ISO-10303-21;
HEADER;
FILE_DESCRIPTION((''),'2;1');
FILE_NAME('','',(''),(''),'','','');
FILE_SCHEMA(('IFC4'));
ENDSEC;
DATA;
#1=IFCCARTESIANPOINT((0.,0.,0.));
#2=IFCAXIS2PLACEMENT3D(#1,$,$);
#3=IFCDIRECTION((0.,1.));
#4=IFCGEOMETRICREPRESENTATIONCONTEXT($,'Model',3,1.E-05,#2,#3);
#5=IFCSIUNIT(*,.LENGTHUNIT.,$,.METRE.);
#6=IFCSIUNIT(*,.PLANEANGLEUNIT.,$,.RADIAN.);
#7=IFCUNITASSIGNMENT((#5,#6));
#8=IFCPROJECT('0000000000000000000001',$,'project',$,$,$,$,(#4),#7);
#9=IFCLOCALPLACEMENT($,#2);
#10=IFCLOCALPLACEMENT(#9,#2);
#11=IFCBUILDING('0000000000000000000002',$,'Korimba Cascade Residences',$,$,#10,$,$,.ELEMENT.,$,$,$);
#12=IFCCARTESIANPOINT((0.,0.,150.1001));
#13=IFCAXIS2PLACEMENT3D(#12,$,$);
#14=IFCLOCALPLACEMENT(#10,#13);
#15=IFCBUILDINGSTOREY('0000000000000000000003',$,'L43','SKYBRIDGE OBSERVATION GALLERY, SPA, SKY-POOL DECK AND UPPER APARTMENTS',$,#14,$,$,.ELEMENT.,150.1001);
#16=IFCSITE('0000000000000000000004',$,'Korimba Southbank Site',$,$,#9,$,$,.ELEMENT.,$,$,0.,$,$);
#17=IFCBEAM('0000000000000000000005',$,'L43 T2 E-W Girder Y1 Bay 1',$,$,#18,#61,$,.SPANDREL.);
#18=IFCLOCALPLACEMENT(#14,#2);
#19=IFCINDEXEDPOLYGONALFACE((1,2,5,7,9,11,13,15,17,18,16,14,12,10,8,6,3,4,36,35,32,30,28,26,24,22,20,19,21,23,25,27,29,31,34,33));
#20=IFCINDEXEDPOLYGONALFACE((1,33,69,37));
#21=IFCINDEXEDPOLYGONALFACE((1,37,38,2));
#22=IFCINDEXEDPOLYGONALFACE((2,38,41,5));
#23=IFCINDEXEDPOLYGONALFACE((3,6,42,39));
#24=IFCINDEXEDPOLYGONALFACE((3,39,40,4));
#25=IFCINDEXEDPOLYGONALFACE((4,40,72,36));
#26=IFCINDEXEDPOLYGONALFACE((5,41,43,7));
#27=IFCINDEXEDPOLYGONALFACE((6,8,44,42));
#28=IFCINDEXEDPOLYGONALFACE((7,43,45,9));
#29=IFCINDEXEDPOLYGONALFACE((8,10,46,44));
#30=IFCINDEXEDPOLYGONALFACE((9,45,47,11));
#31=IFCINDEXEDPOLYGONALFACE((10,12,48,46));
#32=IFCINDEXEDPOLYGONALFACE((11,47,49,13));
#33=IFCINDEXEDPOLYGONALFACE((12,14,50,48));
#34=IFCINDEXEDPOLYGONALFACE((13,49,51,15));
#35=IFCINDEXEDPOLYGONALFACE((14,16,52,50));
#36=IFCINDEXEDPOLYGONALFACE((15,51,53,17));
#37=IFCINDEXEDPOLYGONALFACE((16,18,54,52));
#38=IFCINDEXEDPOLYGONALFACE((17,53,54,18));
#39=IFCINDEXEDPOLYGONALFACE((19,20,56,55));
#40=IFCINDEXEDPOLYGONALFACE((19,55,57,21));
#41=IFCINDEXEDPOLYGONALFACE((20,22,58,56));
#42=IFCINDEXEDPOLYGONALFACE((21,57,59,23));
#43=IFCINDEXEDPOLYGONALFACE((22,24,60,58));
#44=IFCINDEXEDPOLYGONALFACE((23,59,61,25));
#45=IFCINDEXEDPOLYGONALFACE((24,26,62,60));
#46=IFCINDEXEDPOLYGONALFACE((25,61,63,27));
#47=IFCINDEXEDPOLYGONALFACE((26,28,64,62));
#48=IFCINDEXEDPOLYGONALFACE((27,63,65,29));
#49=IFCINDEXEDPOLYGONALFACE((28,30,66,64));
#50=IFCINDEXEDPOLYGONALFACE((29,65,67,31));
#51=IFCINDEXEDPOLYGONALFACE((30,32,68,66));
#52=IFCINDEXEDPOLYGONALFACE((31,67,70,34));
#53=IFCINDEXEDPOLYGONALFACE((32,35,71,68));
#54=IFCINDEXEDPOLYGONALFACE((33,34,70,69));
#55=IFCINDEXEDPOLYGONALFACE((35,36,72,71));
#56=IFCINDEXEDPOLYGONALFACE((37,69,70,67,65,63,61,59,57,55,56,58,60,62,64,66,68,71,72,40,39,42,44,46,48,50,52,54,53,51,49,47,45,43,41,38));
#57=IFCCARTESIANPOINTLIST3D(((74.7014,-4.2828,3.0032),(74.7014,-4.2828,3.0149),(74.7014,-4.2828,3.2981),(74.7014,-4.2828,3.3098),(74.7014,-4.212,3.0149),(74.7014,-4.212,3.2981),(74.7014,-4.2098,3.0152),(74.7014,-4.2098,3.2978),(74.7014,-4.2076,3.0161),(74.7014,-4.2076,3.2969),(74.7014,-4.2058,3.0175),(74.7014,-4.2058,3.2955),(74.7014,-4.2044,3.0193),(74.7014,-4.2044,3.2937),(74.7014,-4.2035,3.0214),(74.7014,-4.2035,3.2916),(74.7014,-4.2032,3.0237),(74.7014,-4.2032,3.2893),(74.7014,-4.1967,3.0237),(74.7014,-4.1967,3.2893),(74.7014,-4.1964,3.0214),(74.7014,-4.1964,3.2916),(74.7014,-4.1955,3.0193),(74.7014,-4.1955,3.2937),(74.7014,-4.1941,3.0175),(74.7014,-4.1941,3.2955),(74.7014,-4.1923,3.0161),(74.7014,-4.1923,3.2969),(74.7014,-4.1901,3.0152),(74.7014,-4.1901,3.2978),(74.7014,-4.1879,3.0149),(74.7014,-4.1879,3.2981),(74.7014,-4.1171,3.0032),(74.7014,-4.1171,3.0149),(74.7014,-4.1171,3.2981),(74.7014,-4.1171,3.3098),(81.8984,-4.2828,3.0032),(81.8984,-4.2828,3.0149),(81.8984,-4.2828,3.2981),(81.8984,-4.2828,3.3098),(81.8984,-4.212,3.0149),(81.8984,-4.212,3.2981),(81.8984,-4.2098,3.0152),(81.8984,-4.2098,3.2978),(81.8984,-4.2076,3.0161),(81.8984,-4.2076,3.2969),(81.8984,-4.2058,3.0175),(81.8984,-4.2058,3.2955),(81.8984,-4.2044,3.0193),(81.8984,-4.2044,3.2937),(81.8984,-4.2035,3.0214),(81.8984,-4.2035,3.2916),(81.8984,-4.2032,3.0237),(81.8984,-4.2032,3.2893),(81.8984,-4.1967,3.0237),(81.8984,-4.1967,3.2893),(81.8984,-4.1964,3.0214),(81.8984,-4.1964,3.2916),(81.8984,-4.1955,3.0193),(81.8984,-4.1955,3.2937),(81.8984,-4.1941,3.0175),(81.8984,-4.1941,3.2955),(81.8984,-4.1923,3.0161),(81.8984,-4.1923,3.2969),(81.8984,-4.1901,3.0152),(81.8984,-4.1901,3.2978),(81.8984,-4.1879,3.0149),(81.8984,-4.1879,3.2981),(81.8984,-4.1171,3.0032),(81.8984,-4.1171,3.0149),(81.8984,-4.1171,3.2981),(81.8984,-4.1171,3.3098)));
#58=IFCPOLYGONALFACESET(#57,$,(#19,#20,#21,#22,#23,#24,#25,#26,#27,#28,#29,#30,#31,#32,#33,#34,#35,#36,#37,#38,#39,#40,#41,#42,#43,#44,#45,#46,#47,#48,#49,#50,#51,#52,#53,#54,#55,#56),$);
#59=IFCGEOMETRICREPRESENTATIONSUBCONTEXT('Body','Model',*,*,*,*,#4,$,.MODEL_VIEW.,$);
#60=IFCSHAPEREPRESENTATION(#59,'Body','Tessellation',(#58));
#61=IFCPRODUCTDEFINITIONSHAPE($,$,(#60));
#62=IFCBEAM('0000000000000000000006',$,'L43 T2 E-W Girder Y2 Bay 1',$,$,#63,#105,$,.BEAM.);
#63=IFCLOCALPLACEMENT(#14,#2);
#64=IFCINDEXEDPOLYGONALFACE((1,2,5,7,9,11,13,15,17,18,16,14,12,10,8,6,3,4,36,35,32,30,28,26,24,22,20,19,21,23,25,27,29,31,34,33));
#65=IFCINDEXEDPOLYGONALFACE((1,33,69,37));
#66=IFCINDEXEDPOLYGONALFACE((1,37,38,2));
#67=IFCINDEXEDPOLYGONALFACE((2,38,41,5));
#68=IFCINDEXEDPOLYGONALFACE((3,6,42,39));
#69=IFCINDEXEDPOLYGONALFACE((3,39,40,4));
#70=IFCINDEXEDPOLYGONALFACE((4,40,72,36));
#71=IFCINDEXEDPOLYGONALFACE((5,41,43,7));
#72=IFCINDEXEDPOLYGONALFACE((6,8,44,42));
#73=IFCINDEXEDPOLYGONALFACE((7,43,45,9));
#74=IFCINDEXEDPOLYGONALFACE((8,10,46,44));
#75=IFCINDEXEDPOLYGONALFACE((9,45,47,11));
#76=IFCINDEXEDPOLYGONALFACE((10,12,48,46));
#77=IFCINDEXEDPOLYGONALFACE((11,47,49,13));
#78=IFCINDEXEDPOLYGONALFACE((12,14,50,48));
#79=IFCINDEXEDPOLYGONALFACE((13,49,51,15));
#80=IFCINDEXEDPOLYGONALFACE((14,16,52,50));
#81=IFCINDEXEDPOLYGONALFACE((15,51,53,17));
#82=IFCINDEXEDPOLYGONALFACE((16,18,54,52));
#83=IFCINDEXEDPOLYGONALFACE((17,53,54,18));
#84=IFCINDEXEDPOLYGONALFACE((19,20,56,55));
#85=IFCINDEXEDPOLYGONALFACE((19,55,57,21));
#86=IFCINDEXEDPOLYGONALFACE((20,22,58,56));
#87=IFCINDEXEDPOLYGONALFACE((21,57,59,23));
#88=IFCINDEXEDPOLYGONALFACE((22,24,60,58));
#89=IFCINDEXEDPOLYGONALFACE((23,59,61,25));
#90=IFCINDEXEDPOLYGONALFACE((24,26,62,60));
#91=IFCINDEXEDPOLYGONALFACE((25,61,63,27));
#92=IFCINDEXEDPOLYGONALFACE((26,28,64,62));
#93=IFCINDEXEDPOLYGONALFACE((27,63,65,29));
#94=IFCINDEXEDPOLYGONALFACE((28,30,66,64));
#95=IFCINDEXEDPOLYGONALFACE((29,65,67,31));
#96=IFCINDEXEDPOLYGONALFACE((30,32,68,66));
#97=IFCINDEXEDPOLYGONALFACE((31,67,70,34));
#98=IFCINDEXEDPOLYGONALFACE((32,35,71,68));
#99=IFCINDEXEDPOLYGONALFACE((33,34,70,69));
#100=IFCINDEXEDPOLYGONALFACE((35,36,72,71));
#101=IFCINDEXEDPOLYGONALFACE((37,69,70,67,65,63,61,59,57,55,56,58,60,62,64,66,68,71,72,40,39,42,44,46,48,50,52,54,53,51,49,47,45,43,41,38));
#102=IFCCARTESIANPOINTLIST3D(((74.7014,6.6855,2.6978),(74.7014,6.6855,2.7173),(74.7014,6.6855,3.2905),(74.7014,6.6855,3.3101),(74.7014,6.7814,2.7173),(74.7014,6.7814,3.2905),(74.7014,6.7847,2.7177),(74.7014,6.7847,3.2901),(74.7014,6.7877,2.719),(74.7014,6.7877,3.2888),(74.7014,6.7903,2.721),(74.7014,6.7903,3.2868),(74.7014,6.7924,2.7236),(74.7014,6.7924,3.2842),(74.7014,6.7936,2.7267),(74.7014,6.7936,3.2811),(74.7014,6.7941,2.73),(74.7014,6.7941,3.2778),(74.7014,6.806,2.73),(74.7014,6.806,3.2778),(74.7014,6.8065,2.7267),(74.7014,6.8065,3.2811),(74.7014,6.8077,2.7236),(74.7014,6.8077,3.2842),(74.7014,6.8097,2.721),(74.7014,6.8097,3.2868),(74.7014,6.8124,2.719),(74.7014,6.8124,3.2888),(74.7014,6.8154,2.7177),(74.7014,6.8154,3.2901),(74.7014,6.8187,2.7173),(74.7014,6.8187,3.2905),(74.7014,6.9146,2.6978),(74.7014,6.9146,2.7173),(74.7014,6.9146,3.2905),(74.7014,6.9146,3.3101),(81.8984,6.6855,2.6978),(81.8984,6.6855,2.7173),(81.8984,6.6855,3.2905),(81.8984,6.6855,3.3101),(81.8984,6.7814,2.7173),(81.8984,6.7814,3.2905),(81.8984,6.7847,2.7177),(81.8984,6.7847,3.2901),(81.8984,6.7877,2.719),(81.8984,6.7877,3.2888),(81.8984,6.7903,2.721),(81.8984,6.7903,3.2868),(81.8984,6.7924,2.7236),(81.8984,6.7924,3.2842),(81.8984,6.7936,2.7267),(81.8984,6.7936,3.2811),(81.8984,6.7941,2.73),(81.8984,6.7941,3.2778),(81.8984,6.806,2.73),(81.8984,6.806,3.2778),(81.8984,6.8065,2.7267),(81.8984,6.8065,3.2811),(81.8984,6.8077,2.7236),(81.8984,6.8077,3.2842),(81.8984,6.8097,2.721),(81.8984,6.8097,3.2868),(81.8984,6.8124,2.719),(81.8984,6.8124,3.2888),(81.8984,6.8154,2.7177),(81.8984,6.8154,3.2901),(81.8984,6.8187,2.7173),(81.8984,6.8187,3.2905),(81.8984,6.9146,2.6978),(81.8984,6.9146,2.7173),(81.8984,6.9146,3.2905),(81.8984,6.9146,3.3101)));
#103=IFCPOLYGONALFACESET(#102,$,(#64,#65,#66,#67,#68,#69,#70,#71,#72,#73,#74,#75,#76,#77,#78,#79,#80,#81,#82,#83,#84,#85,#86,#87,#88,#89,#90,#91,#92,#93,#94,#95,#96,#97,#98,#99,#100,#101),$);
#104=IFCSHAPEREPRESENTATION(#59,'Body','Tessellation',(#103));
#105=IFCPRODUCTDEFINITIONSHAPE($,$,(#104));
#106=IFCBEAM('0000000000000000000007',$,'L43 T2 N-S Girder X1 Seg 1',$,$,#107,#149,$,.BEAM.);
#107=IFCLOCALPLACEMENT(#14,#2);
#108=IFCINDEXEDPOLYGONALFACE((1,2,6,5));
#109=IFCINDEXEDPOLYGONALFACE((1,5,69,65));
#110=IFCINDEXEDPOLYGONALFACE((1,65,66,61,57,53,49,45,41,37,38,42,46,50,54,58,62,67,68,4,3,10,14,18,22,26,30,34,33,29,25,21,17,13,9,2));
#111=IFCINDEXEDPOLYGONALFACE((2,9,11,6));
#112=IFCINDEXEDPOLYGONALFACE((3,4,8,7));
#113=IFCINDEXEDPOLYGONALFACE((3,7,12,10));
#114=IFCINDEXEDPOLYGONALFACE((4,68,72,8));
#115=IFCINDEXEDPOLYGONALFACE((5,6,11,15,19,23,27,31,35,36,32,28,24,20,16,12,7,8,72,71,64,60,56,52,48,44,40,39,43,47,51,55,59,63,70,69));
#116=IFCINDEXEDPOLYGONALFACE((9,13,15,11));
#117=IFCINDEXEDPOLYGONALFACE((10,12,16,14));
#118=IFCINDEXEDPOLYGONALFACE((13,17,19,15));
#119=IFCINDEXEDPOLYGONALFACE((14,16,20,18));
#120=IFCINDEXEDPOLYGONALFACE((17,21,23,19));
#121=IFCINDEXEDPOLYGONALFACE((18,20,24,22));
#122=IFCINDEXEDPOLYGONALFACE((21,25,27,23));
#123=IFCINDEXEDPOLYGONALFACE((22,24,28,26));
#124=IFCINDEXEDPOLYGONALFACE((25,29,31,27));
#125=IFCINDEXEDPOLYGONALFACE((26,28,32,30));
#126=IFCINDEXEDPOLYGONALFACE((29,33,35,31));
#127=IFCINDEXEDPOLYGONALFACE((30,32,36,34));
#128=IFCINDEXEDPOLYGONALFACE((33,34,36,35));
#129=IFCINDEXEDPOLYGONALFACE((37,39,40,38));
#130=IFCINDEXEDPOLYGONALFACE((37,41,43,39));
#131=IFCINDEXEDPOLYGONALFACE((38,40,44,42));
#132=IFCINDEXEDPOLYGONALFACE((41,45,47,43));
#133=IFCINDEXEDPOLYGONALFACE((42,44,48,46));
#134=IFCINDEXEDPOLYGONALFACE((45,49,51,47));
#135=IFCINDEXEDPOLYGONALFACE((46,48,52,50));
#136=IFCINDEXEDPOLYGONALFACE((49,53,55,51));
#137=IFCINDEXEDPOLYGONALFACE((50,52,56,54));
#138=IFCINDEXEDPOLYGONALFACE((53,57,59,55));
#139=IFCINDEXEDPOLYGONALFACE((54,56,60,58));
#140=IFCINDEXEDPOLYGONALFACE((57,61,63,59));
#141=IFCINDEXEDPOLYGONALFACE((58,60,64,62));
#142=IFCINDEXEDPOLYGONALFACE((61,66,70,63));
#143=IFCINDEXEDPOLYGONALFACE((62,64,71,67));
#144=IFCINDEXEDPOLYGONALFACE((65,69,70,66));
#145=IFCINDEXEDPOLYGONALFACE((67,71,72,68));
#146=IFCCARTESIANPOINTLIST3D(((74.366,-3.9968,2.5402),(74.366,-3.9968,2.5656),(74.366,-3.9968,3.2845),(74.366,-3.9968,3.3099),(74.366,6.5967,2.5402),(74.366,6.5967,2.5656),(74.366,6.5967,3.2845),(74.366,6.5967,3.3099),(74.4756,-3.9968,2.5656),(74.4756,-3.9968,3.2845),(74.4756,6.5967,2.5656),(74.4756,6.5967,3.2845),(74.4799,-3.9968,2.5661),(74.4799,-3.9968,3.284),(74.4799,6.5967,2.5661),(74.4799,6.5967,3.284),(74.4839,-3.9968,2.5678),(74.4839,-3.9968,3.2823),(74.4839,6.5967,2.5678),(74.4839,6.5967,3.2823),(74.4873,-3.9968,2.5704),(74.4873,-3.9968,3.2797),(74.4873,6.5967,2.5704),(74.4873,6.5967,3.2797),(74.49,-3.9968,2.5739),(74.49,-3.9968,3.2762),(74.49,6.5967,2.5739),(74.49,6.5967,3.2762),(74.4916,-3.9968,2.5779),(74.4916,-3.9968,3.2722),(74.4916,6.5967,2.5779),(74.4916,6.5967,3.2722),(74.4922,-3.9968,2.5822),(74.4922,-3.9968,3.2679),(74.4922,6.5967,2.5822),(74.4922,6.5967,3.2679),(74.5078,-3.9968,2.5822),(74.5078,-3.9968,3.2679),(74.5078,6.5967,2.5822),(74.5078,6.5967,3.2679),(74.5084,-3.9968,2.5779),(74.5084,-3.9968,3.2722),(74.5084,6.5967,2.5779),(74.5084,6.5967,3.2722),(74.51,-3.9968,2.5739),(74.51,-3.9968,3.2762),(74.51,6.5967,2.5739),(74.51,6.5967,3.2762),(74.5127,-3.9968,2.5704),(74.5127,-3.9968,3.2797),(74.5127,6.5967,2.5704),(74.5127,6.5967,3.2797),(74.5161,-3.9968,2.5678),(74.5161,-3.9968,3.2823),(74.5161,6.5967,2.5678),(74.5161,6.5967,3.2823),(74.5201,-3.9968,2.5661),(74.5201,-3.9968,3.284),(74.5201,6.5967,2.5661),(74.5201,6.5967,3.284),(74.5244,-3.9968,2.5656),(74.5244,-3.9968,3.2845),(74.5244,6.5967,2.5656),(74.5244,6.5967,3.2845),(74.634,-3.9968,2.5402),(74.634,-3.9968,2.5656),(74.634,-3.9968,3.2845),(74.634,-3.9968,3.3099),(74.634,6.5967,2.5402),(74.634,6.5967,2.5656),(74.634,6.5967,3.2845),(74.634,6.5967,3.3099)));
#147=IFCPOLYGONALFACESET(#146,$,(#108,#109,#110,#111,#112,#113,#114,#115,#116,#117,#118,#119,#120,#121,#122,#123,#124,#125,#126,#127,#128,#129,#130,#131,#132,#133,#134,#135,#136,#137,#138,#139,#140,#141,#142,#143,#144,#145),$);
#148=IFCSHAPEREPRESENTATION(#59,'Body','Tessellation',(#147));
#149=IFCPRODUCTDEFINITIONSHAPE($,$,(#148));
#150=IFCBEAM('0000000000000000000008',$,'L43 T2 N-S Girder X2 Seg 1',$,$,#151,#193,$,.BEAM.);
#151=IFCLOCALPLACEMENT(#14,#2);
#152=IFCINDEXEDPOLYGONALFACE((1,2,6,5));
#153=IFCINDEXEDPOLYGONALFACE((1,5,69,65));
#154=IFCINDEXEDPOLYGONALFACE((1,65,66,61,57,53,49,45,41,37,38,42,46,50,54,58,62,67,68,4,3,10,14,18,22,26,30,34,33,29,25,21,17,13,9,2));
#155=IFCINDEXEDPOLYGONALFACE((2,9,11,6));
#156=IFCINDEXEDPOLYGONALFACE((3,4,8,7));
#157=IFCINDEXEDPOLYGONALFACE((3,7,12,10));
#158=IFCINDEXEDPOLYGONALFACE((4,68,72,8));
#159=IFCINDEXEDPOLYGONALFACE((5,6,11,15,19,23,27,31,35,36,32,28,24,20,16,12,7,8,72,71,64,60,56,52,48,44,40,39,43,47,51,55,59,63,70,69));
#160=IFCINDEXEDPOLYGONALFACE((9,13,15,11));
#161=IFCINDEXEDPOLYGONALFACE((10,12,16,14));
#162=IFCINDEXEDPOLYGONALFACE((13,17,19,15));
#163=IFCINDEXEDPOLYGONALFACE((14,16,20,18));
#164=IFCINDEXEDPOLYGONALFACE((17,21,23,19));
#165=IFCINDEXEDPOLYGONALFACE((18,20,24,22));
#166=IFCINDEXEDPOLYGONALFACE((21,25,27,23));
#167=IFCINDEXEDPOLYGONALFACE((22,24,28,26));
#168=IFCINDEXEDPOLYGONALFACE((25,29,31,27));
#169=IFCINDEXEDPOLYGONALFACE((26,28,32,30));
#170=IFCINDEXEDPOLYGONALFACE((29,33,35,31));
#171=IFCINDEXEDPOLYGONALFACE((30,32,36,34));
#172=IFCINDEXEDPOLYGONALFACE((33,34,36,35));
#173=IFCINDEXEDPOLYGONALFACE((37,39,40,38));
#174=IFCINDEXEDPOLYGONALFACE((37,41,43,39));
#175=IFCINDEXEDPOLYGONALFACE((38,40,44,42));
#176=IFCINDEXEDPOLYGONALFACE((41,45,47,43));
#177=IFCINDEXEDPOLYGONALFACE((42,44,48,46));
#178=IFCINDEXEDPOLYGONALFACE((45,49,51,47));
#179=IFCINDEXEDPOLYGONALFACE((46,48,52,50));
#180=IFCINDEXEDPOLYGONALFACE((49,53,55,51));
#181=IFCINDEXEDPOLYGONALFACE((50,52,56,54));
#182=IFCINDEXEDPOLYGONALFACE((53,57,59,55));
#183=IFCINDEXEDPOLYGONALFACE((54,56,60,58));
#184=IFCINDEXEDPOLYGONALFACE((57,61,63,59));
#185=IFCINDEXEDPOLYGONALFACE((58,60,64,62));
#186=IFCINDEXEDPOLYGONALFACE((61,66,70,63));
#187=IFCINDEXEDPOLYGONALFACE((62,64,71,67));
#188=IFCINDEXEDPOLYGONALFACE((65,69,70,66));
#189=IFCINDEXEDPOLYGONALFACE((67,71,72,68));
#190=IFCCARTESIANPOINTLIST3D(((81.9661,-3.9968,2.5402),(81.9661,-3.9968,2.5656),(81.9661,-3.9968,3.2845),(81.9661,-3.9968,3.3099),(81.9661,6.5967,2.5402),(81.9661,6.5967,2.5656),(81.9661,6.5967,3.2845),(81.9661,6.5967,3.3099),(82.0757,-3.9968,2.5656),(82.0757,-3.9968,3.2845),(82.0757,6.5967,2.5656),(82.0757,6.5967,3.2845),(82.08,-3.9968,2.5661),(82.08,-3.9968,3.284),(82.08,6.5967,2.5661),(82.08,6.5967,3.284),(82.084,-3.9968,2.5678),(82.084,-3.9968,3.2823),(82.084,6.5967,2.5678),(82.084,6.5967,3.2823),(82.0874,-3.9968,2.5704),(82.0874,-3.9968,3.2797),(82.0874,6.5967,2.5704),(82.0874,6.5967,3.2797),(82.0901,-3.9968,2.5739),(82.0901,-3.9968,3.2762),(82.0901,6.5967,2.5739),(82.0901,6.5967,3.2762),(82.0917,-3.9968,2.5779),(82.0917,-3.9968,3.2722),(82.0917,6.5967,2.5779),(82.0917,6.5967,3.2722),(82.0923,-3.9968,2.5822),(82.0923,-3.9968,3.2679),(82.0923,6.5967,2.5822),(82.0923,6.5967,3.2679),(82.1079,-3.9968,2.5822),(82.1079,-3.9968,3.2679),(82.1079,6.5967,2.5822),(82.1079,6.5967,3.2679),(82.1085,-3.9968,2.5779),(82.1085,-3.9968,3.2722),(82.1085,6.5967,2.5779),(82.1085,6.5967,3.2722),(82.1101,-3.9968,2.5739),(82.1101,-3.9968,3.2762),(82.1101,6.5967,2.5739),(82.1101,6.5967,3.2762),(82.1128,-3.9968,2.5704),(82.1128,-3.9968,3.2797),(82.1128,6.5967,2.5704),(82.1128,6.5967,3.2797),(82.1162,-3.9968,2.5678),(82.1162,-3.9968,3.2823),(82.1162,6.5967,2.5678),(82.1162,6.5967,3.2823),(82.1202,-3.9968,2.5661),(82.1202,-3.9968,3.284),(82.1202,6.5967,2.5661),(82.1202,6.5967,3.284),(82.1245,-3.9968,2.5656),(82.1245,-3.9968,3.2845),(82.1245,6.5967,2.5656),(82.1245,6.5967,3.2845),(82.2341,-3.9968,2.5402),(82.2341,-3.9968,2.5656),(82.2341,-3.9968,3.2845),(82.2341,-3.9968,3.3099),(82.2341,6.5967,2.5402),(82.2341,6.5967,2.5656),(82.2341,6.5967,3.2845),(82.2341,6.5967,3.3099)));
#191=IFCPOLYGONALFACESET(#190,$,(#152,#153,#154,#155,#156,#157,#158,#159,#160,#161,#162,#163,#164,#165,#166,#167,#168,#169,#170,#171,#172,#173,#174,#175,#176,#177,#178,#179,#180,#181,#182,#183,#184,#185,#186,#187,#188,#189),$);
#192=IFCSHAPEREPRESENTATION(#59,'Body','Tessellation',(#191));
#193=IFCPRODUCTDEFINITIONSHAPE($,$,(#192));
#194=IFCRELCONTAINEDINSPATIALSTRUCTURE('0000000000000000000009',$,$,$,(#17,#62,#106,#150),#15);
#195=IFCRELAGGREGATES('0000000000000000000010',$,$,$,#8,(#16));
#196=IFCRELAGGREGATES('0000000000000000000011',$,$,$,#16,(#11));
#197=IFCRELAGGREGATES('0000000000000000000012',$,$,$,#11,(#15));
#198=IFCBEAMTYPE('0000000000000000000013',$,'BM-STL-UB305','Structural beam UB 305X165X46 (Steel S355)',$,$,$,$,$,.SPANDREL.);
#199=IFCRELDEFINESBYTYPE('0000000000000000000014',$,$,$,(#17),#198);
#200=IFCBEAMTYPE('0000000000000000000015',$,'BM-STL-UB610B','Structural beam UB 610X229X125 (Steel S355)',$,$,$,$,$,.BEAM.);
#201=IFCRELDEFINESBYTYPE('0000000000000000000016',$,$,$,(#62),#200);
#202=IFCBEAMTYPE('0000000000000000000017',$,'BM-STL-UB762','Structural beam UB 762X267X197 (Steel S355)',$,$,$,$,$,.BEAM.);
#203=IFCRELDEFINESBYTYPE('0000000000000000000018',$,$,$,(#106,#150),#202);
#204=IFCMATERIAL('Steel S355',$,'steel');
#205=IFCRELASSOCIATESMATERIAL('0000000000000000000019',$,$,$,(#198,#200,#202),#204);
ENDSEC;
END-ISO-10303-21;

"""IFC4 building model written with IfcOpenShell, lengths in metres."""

from ifc_helpers import new_model, si_unit, direction, frame, origin, origin_2d, place, context, subcontext, project, spatial, i_section, extrude, material, material_profile, profile_set, type_object, element, save


model = new_model("IFC4")

# Units and contexts
model_context = context("Model", 3, precision=1e-05, world=origin(), true_north=direction((0.0, 1.0)))
body_context = subcontext(model_context, "Body", "Model", "MODEL_VIEW")
ifc_project = project(units=[si_unit("LENGTHUNIT", "METRE"), si_unit("PLANEANGLEUNIT", "RADIAN")], contexts=[model_context])

# Site, building, storey
site_placement = place(None, origin())
site = spatial("IfcSite", under=ifc_project, at=site_placement, Name="Korimba Southbank Site", CompositionType="ELEMENT", RefElevation=0.0)
building_placement = place(site_placement, origin())
building = spatial("IfcBuilding", under=site, at=building_placement, Name="Korimba Cascade Residences", CompositionType="ELEMENT")
storey_placement = place(building_placement, frame((0.0, 0.0, 150.1001)))
storey = spatial("IfcBuildingStorey", under=building, at=storey_placement, Name="L43", Description="SKYBRIDGE OBSERVATION GALLERY, SPA, SKY-POOL DECK AND UPPER APARTMENTS", CompositionType="ELEMENT", Elevation=150.1001)

# Beams
ifc_material_1 = material(Name="Steel S355", Category="steel")
ifc_material_profile_1 = material_profile(ifc_material_1, i_section(OverallWidth=0.1658, OverallDepth=0.3066, WebThickness=0.0066, FlangeThickness=0.0117, FilletRadius=0.0088, at=origin_2d()), Name="Steel S355")
ifc_profile_set_1 = profile_set([ifc_material_profile_1], Name="Steel S355")
beam_type_1 = type_object("IfcBeamType", Name="BM-STL-UB305", Description="Structural beam UB 305X165X46 (Steel S355)", PredefinedType="SPANDREL", material=ifc_profile_set_1)
beam_1_placement = place(storey_placement, frame((74.7014, -4.2, 3.1565), z_axis=(1.0, 0.0, 0.0), x_axis=(0.0, 1.0, 0.0)))
element("IfcBeam", 1, at=beam_1_placement, inside=storey, type_object=beam_type_1, Name="L43 T2 E-W Girder Y1 Bay 1", PredefinedType="SPANDREL", context=body_context, shape_type="SweptSolid", body=[
    extrude(i_section(OverallWidth=0.1658, OverallDepth=0.3066, WebThickness=0.0066, FlangeThickness=0.0117, FilletRadius=0.0088, at=origin_2d()), origin(), (0.0, 0.0, 1.0), 7.197),
])
ifc_material_profile_2 = material_profile(ifc_material_1, i_section(OverallWidth=0.229, OverallDepth=0.6123, WebThickness=0.012, FlangeThickness=0.0195, FilletRadius=0.0127, at=origin_2d()), Name="Steel S355")
ifc_profile_set_2 = profile_set([ifc_material_profile_2], Name="Steel S355")
beam_type_2 = type_object("IfcBeamType", Name="BM-STL-UB610B", Description="Structural beam UB 610X229X125 (Steel S355)", PredefinedType="BEAM", material=ifc_profile_set_2)
beam_2_placement = place(storey_placement, frame((74.7014, 6.8, 3.0039), z_axis=(1.0, 0.0, 0.0), x_axis=(0.0, 1.0, 0.0)))
element("IfcBeam", 2, at=beam_2_placement, inside=storey, type_object=beam_type_2, Name="L43 T2 E-W Girder Y2 Bay 1", PredefinedType="BEAM", context=body_context, shape_type="SweptSolid", body=[
    extrude(i_section(OverallWidth=0.229, OverallDepth=0.6123, WebThickness=0.012, FlangeThickness=0.0195, FilletRadius=0.0127, at=origin_2d()), origin(), (0.0, 0.0, 1.0), 7.197),
])
ifc_material_profile_3 = material_profile(ifc_material_1, i_section(OverallWidth=0.2681, OverallDepth=0.7698, WebThickness=0.0156, FlangeThickness=0.0254, FilletRadius=0.0166, at=origin_2d()), Name="Steel S355")
ifc_profile_set_3 = profile_set([ifc_material_profile_3], Name="Steel S355")
beam_type_3 = type_object("IfcBeamType", Name="BM-STL-UB762", Description="Structural beam UB 762X267X197 (Steel S355)", PredefinedType="BEAM", material=ifc_profile_set_3)
for number, where, z_axis, x_axis, name in (
    (3, (74.5, -3.9968, 2.925), (0.0, 1.0, 0.0), (-1.0, 0.0, 0.0), "L43 T2 N-S Girder X1 Seg 1"),
    (4, (82.1001, -3.9968, 2.925), (0.0, 1.0, 0.0), (-1.0, 0.0, 0.0), "L43 T2 N-S Girder X2 Seg 1"),
):
    element("IfcBeam", number, at=place(storey_placement, frame(where, z_axis=z_axis, x_axis=x_axis)), inside=storey, type_object=beam_type_3, Name=name, PredefinedType="BEAM", context=body_context, shape_type="SweptSolid", body=[
        extrude(i_section(OverallWidth=0.2681, OverallDepth=0.7698, WebThickness=0.0156, FlangeThickness=0.0254, FilletRadius=0.0166, at=origin_2d()), origin(), (0.0, 0.0, 1.0), 10.5935),
    ])

save(model, "model.ifc")
